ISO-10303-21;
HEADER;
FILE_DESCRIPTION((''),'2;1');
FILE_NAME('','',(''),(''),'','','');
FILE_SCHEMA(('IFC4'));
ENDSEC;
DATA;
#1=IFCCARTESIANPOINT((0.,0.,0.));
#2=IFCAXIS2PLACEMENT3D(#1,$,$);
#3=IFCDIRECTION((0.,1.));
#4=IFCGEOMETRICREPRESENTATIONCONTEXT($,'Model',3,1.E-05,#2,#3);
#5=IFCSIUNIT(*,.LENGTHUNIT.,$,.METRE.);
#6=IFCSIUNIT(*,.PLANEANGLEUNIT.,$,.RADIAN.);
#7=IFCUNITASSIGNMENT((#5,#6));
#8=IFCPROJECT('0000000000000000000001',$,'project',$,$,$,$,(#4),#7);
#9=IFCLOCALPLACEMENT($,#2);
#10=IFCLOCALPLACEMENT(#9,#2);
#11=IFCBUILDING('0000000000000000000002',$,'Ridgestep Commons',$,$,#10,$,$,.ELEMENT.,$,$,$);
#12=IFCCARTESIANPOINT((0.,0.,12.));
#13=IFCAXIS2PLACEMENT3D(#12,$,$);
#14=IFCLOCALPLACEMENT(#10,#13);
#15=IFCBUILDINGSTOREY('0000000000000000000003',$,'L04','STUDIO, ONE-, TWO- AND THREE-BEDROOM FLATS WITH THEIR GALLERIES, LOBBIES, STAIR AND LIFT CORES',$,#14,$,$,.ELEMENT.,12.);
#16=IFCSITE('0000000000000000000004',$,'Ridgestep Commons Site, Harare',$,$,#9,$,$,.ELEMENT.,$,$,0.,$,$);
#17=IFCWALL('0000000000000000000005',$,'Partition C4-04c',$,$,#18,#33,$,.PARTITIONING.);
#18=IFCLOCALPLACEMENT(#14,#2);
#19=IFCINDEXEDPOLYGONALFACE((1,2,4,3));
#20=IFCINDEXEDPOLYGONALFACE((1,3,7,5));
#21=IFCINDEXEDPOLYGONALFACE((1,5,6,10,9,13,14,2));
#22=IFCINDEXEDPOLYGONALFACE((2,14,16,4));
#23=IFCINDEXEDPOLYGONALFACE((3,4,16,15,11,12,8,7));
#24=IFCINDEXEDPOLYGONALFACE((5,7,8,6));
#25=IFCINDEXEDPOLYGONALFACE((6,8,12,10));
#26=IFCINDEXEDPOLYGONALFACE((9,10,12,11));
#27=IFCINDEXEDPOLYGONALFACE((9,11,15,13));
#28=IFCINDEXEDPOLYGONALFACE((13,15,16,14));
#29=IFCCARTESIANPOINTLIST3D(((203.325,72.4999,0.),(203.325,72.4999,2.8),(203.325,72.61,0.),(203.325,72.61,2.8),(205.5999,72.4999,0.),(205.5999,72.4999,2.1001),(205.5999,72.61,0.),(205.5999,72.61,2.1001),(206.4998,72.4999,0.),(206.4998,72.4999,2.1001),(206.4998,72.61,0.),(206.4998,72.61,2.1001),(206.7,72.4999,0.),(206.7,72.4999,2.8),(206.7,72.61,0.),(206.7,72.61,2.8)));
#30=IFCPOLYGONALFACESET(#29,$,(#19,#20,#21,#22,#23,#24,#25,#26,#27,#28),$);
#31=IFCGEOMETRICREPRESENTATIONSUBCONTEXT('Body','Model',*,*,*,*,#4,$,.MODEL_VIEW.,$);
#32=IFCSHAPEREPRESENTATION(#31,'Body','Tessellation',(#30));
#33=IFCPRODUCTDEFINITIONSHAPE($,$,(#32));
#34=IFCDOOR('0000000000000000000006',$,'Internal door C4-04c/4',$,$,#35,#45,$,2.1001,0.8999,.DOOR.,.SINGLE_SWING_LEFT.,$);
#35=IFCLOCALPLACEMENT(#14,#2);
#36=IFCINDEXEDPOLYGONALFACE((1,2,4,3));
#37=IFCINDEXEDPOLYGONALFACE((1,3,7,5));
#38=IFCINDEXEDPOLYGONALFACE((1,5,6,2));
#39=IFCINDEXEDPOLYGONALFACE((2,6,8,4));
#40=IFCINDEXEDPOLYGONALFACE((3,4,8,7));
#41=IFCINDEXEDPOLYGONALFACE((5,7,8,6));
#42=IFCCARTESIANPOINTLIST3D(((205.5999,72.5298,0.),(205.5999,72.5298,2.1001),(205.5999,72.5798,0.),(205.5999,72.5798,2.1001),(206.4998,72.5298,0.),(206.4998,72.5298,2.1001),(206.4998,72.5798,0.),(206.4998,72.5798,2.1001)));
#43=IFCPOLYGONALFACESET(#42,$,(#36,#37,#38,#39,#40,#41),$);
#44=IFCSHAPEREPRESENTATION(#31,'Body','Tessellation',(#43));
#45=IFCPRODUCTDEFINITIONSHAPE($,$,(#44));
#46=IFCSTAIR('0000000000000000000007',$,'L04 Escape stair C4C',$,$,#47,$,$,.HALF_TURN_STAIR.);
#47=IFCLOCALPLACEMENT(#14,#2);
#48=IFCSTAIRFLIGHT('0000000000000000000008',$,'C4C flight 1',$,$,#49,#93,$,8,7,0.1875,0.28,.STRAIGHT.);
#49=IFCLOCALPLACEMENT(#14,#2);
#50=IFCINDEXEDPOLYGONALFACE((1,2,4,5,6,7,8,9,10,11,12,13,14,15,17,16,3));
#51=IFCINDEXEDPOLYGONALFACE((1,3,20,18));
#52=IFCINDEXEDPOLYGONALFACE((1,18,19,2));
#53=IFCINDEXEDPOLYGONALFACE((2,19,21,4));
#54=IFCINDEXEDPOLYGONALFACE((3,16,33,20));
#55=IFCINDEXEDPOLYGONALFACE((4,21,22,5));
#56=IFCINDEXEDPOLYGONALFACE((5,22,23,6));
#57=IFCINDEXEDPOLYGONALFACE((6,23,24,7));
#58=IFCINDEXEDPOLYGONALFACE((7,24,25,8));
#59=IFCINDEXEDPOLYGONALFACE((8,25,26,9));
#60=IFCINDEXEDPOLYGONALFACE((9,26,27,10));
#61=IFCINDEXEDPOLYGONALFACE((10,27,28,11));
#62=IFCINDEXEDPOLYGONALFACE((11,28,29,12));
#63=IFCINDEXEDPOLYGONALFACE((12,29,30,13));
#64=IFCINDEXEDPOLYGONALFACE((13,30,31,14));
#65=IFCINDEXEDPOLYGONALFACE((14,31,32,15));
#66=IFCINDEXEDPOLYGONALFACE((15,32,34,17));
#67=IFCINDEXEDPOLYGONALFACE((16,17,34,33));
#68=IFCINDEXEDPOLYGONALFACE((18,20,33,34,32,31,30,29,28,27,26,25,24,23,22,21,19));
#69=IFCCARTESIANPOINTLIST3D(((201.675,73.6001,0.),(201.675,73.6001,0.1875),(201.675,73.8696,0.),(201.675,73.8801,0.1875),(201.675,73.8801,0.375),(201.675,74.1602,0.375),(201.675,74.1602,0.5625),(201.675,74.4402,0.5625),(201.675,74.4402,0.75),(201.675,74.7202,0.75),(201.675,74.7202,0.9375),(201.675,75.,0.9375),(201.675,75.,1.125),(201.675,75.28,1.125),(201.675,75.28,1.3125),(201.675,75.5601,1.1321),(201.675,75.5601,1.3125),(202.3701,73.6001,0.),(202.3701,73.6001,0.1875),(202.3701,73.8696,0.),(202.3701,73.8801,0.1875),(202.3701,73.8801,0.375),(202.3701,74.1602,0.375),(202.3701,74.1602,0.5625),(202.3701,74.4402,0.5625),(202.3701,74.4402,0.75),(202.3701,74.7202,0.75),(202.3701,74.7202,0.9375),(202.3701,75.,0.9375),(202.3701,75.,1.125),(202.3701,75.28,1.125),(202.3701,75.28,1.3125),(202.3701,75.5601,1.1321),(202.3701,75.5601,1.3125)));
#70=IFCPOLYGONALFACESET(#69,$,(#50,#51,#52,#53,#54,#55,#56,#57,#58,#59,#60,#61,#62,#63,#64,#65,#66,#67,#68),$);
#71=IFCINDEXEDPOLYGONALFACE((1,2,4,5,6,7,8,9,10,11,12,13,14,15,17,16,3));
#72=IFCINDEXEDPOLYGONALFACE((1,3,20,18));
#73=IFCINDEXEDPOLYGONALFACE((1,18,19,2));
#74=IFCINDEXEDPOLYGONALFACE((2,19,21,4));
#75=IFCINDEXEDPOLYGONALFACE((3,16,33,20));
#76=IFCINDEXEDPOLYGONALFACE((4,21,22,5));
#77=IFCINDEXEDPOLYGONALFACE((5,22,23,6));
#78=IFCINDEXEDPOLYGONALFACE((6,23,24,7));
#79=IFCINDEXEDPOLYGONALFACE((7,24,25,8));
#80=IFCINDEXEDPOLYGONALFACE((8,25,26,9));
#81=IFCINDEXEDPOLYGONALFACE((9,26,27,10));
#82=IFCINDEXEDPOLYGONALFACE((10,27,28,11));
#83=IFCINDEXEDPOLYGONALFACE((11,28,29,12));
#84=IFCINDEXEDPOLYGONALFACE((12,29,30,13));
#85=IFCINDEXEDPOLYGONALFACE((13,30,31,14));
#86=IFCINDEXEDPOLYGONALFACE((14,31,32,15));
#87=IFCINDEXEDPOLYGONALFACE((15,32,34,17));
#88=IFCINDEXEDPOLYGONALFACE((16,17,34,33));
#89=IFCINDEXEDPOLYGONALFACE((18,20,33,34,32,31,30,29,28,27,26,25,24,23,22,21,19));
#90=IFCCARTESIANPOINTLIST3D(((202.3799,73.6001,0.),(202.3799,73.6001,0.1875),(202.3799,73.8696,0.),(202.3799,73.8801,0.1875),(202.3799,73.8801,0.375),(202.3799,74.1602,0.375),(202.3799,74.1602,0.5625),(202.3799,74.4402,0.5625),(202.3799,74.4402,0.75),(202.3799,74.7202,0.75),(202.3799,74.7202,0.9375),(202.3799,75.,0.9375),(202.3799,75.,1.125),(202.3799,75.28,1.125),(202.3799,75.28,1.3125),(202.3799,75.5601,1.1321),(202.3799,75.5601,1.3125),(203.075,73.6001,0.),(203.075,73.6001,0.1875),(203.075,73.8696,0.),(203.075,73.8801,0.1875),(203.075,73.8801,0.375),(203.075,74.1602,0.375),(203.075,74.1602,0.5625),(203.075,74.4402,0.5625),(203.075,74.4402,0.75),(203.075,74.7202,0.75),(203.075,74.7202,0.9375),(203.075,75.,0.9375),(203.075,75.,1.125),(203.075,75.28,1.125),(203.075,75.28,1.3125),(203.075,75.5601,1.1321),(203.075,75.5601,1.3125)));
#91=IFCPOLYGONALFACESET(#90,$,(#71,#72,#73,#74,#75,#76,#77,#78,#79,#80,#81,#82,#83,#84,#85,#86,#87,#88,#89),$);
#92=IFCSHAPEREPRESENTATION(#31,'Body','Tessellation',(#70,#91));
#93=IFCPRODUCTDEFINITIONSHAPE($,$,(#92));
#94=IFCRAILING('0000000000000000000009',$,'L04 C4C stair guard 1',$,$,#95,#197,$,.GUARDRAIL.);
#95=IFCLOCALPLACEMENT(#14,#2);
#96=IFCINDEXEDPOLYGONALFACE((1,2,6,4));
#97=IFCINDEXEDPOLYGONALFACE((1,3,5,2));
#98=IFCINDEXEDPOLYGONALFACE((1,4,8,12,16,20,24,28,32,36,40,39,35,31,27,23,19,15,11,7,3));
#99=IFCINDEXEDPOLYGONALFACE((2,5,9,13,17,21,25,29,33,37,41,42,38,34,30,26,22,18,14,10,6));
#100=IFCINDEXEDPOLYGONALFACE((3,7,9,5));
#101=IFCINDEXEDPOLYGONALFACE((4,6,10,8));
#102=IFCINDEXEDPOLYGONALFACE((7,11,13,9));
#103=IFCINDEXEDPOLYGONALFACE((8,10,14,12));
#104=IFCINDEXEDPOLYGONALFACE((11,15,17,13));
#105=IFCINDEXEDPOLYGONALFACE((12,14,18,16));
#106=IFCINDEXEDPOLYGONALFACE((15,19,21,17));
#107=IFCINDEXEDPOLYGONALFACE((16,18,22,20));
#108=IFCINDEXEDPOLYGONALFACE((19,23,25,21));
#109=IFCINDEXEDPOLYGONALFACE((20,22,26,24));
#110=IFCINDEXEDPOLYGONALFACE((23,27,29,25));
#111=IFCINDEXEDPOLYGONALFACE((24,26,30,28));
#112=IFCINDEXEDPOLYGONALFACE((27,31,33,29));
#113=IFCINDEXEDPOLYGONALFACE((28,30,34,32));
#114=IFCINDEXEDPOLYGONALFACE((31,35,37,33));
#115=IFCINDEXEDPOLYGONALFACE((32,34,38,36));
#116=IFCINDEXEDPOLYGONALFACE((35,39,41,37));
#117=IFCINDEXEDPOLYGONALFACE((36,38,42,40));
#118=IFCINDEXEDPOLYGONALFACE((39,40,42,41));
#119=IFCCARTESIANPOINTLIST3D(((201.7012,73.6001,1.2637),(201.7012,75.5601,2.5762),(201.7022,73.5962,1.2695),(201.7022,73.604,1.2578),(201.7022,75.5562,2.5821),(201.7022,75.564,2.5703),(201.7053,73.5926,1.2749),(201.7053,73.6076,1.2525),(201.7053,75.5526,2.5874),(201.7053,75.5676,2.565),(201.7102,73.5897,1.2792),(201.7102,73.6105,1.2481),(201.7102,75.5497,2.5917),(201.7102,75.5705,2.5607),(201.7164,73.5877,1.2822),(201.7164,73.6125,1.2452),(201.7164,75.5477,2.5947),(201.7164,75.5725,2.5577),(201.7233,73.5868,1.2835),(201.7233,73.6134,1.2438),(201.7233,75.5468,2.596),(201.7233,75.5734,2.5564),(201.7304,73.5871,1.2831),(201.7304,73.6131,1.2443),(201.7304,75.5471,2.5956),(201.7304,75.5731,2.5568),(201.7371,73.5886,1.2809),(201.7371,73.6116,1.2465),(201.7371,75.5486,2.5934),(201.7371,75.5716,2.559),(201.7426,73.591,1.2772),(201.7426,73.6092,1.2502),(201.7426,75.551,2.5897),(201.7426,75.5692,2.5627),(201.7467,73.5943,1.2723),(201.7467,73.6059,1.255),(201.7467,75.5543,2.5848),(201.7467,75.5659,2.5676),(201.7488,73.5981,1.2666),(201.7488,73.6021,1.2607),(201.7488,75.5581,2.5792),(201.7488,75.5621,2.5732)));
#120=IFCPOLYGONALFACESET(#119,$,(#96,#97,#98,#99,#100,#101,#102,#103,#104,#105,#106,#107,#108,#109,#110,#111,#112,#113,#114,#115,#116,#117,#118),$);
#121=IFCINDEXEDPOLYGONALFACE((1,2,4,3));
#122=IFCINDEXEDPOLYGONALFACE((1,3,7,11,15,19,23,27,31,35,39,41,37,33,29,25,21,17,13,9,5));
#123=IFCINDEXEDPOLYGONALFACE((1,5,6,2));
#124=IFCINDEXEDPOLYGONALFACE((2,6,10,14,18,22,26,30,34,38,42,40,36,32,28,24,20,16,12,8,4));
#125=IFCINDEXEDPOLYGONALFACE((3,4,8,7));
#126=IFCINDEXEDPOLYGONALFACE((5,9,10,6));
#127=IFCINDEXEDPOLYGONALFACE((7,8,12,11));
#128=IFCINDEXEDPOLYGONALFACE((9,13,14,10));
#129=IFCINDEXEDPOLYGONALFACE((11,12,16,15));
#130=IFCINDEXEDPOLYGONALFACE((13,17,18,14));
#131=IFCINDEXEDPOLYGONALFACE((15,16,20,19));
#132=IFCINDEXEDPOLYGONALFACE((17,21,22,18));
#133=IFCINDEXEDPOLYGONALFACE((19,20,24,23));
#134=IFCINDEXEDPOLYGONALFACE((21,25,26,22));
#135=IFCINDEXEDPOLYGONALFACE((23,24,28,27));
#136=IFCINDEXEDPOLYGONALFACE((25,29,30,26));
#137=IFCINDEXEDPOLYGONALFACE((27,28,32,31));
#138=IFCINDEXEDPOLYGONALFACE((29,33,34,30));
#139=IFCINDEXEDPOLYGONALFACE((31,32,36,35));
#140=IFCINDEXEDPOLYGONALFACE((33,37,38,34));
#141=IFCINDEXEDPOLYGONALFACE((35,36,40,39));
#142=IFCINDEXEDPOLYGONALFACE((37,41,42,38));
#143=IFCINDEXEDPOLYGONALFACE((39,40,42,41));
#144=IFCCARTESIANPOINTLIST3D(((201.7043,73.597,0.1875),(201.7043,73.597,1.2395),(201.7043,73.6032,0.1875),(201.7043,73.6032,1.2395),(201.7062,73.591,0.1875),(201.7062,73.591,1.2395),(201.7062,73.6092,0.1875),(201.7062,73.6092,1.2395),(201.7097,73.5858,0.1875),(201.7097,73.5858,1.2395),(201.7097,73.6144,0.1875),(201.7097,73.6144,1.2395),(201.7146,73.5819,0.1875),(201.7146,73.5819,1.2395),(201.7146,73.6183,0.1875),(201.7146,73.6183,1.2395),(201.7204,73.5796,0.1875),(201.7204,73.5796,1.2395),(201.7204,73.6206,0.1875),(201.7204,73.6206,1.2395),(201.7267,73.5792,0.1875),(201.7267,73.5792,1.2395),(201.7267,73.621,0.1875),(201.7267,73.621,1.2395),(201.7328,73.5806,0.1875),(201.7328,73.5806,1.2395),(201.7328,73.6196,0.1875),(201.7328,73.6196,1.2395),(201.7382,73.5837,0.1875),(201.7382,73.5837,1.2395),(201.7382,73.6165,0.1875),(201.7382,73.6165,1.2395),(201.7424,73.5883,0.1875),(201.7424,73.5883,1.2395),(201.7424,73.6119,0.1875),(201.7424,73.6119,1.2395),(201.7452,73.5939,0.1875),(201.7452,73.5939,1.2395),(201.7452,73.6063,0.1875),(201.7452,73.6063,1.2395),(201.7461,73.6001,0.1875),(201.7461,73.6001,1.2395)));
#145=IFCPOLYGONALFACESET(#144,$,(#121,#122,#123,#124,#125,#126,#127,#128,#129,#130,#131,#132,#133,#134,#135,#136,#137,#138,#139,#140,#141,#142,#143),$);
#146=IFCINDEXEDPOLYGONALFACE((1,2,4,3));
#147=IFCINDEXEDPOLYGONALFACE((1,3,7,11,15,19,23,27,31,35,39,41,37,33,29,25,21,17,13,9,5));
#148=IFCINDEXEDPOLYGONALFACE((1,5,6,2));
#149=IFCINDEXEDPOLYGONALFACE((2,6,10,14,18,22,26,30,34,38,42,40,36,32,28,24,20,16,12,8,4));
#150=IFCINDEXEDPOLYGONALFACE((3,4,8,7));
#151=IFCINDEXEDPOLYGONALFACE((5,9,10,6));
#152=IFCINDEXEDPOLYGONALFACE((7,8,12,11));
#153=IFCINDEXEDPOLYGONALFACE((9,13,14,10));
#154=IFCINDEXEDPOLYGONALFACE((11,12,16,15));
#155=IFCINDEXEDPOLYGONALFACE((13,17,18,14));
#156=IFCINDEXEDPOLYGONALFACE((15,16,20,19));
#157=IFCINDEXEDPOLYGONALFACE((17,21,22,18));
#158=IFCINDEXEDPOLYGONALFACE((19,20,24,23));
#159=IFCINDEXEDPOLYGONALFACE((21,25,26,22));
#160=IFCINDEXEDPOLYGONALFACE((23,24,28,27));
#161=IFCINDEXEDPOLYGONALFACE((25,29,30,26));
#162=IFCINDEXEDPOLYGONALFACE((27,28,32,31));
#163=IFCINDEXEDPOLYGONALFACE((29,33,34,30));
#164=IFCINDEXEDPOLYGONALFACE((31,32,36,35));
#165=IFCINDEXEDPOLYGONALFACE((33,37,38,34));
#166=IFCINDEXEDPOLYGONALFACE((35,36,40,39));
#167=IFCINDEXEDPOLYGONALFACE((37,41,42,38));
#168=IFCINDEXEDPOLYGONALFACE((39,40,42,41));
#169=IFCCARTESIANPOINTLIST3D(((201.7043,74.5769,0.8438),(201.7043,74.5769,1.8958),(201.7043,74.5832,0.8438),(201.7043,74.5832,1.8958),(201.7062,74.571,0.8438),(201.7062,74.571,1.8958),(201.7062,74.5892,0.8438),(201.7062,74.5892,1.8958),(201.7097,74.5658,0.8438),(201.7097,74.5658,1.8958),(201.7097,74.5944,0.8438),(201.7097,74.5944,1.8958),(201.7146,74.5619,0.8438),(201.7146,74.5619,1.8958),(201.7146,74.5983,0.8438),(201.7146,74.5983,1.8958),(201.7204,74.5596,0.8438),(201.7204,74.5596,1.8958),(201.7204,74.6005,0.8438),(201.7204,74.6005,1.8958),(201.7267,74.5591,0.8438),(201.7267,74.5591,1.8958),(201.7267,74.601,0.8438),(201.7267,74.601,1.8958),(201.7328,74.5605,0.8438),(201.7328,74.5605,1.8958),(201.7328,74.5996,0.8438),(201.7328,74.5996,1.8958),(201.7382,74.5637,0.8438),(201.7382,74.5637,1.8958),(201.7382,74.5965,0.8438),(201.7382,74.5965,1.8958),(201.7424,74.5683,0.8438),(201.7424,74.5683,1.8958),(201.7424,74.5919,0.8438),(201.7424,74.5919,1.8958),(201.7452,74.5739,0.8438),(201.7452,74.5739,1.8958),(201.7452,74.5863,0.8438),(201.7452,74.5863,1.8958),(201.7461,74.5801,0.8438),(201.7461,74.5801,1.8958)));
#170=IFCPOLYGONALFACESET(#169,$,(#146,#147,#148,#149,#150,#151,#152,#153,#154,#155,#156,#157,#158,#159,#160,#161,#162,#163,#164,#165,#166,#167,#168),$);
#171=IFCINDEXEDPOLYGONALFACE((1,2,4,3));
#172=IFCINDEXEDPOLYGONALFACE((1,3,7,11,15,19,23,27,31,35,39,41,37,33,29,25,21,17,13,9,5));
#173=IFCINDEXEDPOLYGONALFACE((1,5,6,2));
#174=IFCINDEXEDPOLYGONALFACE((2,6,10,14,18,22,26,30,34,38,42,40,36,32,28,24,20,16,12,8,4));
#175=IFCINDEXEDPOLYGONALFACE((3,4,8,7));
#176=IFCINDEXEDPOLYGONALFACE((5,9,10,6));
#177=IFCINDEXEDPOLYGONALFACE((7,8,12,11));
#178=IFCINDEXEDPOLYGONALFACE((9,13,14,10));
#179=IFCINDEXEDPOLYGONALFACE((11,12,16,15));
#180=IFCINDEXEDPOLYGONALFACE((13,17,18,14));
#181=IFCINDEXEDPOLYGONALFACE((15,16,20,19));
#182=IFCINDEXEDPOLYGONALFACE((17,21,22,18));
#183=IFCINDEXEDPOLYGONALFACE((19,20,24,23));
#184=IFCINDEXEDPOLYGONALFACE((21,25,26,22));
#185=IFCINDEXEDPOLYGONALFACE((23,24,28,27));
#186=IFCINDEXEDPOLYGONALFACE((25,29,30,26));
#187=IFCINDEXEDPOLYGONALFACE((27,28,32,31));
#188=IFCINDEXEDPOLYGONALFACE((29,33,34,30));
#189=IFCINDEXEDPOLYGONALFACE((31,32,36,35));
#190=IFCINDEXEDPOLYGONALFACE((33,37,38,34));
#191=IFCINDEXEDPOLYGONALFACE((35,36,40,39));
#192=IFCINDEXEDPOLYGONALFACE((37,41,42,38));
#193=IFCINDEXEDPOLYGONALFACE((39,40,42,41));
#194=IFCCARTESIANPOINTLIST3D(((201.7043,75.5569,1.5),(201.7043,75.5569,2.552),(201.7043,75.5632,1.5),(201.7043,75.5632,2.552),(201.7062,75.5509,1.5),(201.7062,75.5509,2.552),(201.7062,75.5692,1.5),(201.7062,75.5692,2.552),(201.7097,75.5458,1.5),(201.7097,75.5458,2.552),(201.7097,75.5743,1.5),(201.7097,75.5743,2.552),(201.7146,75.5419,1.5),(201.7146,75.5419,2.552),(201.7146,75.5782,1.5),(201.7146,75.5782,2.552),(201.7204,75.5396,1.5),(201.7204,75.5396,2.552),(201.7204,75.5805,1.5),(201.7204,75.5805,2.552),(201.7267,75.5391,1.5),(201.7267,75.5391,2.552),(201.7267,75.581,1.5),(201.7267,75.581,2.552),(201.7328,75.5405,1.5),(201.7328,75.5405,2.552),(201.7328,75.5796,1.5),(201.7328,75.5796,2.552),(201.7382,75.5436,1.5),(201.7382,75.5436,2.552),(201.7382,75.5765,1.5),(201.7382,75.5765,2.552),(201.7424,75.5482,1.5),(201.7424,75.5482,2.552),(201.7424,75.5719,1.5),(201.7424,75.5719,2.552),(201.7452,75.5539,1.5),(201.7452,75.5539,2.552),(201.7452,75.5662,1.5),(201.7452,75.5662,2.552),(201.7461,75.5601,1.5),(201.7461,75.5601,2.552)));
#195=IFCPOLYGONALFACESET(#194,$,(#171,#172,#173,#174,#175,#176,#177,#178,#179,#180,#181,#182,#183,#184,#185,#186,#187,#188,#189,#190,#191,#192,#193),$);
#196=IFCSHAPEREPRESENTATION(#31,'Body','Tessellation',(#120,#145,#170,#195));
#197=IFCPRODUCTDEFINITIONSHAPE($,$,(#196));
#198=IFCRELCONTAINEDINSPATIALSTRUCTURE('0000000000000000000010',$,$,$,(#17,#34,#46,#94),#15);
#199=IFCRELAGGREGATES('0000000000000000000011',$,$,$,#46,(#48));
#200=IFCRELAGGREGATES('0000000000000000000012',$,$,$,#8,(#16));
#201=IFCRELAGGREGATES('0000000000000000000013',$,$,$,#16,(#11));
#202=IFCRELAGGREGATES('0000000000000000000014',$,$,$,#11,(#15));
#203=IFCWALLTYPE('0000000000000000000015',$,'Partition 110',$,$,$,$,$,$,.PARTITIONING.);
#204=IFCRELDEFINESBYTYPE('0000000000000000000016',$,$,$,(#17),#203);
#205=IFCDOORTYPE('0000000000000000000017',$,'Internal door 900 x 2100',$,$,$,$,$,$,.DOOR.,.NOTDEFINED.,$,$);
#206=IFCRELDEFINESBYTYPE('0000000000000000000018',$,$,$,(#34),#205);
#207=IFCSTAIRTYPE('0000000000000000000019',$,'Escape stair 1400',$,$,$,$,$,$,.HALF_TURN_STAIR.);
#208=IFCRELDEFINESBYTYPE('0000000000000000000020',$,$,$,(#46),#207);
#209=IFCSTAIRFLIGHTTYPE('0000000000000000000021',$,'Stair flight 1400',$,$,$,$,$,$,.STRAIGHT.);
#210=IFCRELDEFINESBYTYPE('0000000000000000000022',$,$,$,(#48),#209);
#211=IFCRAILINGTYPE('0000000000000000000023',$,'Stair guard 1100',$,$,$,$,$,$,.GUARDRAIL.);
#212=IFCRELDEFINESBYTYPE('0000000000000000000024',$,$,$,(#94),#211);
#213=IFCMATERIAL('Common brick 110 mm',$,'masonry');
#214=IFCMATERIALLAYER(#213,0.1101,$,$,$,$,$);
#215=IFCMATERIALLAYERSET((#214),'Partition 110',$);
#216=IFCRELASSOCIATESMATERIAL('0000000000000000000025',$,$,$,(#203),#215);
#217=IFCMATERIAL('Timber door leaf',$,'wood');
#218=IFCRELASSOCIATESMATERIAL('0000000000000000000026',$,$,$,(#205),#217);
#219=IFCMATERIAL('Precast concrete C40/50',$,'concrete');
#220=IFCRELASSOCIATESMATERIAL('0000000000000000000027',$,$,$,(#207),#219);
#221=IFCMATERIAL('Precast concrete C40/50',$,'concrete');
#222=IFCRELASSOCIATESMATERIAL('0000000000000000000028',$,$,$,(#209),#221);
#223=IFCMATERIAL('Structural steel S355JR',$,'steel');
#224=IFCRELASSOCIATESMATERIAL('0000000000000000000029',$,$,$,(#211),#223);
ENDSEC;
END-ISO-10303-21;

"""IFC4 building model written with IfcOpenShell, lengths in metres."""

from ifc_helpers import new_model, si_unit, direction, frame, frame_2d, origin, origin_2d, place, context, subcontext, project, spatial, polyline, rectangle, circle, outline, extrude, material, layer, layer_set, type_object, element, fill, aggregate, save


model = new_model("IFC4")

# Units and contexts
model_context = context("Model", 3, precision=1e-05, world=origin(), true_north=direction((0.0, 1.0)))
body_context = subcontext(model_context, "Body", "Model", "MODEL_VIEW")
ifc_project = project(units=[si_unit("LENGTHUNIT", "METRE"), si_unit("PLANEANGLEUNIT", "RADIAN")], contexts=[model_context])

# Site, building, storey
site_placement = place(None, origin())
site = spatial("IfcSite", under=ifc_project, at=site_placement, Name="Ridgestep Commons Site, Harare", CompositionType="ELEMENT", RefElevation=0.0)
building_placement = place(site_placement, origin())
building = spatial("IfcBuilding", under=site, at=building_placement, Name="Ridgestep Commons", CompositionType="ELEMENT")
storey_placement = place(building_placement, frame((0.0, 0.0, 12.0)))
storey = spatial("IfcBuildingStorey", under=building, at=storey_placement, Name="L04", Description="STUDIO, ONE-, TWO- AND THREE-BEDROOM FLATS WITH THEIR GALLERIES, LOBBIES, STAIR AND LIFT CORES", CompositionType="ELEMENT", Elevation=12.0)

# Wall, opening, door
ifc_material_1 = material(Name="Common brick 110 mm", Category="masonry")
ifc_layer_1 = layer(ifc_material_1, 0.1101)
ifc_layer_set_1 = layer_set([ifc_layer_1], Name="Partition 110")
wall_type_1 = type_object("IfcWallType", Name="Partition 110", PredefinedType="PARTITIONING", material=ifc_layer_set_1)
wall_1_placement = place(storey_placement, frame((203.325, 72.5549, 0.0), z_axis=(0.0, 0.0, 1.0), x_axis=(1.0, 0.0, 0.0)))
wall_1 = element("IfcWall", 1, at=wall_1_placement, inside=storey, type_object=wall_type_1, Name="Partition C4-04c", PredefinedType="PARTITIONING", context=body_context, shape_type="SweptSolid", body=[
    extrude(rectangle(XDim=3.375, YDim=0.1101, at=frame_2d((1.6875, 0.0))), origin(), (0.0, 0.0, 1.0), 2.8),
])
opening_1_placement = place(wall_1_placement, frame((2.2749, 0.0, 0.0)))
opening_1 = element("IfcOpeningElement", 2, at=opening_1_placement, cuts=wall_1, PredefinedType="OPENING", context=body_context, shape_type="SweptSolid", body=[
    extrude(rectangle(XDim=0.8999, YDim=2.1001, at=frame_2d((0.45, 1.05))), frame((0.0, 0.0649, 0.0), z_axis=(0.0, -1.0, 0.0), x_axis=(1.0, 0.0, 0.0)), (0.0, 0.0, 1.0), 0.1301),
])
ifc_material_2 = material(Name="Timber door leaf", Category="wood")
door_type_1 = type_object("IfcDoorType", Name="Internal door 900 x 2100", OperationType="NOTDEFINED", PredefinedType="DOOR", material=ifc_material_2)
door_1_placement = place(opening_1_placement, origin())
door_1 = element("IfcDoor", 3, at=door_1_placement, inside=storey, type_object=door_type_1, Name="Internal door C4-04c/4", OperationType="SINGLE_SWING_LEFT", OverallHeight=2.1001, OverallWidth=0.8999, PredefinedType="DOOR", context=body_context, shape_type="SweptSolid", body=[
    extrude(rectangle(XDim=0.8999, YDim=2.1001, at=frame_2d((0.45, 1.05))), frame((0.0, 0.0249, 0.0), z_axis=(0.0, -1.0, 0.0), x_axis=(1.0, 0.0, 0.0)), (0.0, 0.0, 1.0), 0.05),
])
fill(opening_1, door_1)

# Stair, stair flight
ifc_material_3 = material(Name="Precast concrete C40/50", Category="concrete")
stair_type = type_object("IfcStairType", Name="Escape stair 1400", PredefinedType="HALF_TURN_STAIR", material=ifc_material_3)
stair_placement = place(storey_placement, origin())
stair = element("IfcStair", 4, at=stair_placement, inside=storey, type_object=stair_type, Name="L04 Escape stair C4C", PredefinedType="HALF_TURN_STAIR")
ifc_material_4 = material(Name="Precast concrete C40/50", Category="concrete")
stair_flight_type = type_object("IfcStairFlightType", Name="Stair flight 1400", PredefinedType="STRAIGHT", material=ifc_material_4)
stair_flight_placement = place(storey_placement, frame((202.375, 73.6001, 0.0), z_axis=(0.0, 0.0, 1.0), x_axis=(0.0, 1.0, 0.0)))
stair_flight = element("IfcStairFlight", 5, at=stair_flight_placement, type_object=stair_flight_type, Name="C4C flight 1", NumberOfRisers=8, NumberOfTreads=7, PredefinedType="STRAIGHT", RiserHeight=0.1875, TreadLength=0.28, context=body_context, shape_type="SweptSolid", body=[
    extrude(outline(polyline([(0.0, 0.0), (0.0, 0.1875), (0.28, 0.1875), (0.28, 0.375), (0.5601, 0.375), (0.5601, 0.5625), (0.8401, 0.5625), (0.8401, 0.75), (1.1201, 0.75), (1.1201, 0.9375), (1.3999, 0.9375), (1.3999, 1.125), (1.6799, 1.125), (1.6799, 1.3125), (1.96, 1.3125), (1.96, 1.5), (1.96, 1.1321), (0.2695, 0.0), (0.0, 0.0)])), frame((0.0, 0.7, 0.0), z_axis=(0.0, -1.0, 0.0), x_axis=(1.0, 0.0, 0.0)), (0.0, 0.0, 1.0), 0.6951),
    extrude(outline(polyline([(0.0, 0.0), (0.0, 0.1875), (0.28, 0.1875), (0.28, 0.375), (0.5601, 0.375), (0.5601, 0.5625), (0.8401, 0.5625), (0.8401, 0.75), (1.1201, 0.75), (1.1201, 0.9375), (1.3999, 0.9375), (1.3999, 1.125), (1.6799, 1.125), (1.6799, 1.3125), (1.96, 1.3125), (1.96, 1.5), (1.96, 1.1321), (0.2695, 0.0), (0.0, 0.0)])), frame((0.0, -0.0049, 0.0), z_axis=(0.0, -1.0, 0.0), x_axis=(1.0, 0.0, 0.0)), (0.0, 0.0, 1.0), 0.6951),
])
aggregate(stair, [stair_flight])

# Railing
ifc_material_5 = material(Name="Structural steel S355JR", Category="steel")
railing_type_1 = type_object("IfcRailingType", Name="Stair guard 1100", PredefinedType="GUARDRAIL", material=ifc_material_5)
railing_1_placement = place(storey_placement, frame((201.7251, 73.6001, 0.1875)))
element("IfcRailing", 6, at=railing_1_placement, inside=storey, type_object=railing_type_1, Name="L04 C4C stair guard 1", PredefinedType="GUARDRAIL", context=body_context, shape_type="SweptSolid", body=[
    extrude(circle(Radius=0.0239, at=origin_2d()), frame((0.0, 0.0, 1.0762), z_axis=(0.0, 0.830902, 0.556419), x_axis=(-1.0, 0.0, 0.0)), (0.0, 0.0, 1.0), 2.3589),
    extrude(circle(Radius=0.021, at=origin_2d()), origin(), (0.0, 0.0, 1.0), 1.052),
    extrude(circle(Radius=0.021, at=origin_2d()), frame((0.0, 0.98, 0.6562)), (0.0, 0.0, 1.0), 1.052),
    extrude(circle(Radius=0.021, at=origin_2d()), frame((0.0, 1.96, 1.3125)), (0.0, 0.0, 1.0), 1.052),
])

save(model, "model.ifc")
